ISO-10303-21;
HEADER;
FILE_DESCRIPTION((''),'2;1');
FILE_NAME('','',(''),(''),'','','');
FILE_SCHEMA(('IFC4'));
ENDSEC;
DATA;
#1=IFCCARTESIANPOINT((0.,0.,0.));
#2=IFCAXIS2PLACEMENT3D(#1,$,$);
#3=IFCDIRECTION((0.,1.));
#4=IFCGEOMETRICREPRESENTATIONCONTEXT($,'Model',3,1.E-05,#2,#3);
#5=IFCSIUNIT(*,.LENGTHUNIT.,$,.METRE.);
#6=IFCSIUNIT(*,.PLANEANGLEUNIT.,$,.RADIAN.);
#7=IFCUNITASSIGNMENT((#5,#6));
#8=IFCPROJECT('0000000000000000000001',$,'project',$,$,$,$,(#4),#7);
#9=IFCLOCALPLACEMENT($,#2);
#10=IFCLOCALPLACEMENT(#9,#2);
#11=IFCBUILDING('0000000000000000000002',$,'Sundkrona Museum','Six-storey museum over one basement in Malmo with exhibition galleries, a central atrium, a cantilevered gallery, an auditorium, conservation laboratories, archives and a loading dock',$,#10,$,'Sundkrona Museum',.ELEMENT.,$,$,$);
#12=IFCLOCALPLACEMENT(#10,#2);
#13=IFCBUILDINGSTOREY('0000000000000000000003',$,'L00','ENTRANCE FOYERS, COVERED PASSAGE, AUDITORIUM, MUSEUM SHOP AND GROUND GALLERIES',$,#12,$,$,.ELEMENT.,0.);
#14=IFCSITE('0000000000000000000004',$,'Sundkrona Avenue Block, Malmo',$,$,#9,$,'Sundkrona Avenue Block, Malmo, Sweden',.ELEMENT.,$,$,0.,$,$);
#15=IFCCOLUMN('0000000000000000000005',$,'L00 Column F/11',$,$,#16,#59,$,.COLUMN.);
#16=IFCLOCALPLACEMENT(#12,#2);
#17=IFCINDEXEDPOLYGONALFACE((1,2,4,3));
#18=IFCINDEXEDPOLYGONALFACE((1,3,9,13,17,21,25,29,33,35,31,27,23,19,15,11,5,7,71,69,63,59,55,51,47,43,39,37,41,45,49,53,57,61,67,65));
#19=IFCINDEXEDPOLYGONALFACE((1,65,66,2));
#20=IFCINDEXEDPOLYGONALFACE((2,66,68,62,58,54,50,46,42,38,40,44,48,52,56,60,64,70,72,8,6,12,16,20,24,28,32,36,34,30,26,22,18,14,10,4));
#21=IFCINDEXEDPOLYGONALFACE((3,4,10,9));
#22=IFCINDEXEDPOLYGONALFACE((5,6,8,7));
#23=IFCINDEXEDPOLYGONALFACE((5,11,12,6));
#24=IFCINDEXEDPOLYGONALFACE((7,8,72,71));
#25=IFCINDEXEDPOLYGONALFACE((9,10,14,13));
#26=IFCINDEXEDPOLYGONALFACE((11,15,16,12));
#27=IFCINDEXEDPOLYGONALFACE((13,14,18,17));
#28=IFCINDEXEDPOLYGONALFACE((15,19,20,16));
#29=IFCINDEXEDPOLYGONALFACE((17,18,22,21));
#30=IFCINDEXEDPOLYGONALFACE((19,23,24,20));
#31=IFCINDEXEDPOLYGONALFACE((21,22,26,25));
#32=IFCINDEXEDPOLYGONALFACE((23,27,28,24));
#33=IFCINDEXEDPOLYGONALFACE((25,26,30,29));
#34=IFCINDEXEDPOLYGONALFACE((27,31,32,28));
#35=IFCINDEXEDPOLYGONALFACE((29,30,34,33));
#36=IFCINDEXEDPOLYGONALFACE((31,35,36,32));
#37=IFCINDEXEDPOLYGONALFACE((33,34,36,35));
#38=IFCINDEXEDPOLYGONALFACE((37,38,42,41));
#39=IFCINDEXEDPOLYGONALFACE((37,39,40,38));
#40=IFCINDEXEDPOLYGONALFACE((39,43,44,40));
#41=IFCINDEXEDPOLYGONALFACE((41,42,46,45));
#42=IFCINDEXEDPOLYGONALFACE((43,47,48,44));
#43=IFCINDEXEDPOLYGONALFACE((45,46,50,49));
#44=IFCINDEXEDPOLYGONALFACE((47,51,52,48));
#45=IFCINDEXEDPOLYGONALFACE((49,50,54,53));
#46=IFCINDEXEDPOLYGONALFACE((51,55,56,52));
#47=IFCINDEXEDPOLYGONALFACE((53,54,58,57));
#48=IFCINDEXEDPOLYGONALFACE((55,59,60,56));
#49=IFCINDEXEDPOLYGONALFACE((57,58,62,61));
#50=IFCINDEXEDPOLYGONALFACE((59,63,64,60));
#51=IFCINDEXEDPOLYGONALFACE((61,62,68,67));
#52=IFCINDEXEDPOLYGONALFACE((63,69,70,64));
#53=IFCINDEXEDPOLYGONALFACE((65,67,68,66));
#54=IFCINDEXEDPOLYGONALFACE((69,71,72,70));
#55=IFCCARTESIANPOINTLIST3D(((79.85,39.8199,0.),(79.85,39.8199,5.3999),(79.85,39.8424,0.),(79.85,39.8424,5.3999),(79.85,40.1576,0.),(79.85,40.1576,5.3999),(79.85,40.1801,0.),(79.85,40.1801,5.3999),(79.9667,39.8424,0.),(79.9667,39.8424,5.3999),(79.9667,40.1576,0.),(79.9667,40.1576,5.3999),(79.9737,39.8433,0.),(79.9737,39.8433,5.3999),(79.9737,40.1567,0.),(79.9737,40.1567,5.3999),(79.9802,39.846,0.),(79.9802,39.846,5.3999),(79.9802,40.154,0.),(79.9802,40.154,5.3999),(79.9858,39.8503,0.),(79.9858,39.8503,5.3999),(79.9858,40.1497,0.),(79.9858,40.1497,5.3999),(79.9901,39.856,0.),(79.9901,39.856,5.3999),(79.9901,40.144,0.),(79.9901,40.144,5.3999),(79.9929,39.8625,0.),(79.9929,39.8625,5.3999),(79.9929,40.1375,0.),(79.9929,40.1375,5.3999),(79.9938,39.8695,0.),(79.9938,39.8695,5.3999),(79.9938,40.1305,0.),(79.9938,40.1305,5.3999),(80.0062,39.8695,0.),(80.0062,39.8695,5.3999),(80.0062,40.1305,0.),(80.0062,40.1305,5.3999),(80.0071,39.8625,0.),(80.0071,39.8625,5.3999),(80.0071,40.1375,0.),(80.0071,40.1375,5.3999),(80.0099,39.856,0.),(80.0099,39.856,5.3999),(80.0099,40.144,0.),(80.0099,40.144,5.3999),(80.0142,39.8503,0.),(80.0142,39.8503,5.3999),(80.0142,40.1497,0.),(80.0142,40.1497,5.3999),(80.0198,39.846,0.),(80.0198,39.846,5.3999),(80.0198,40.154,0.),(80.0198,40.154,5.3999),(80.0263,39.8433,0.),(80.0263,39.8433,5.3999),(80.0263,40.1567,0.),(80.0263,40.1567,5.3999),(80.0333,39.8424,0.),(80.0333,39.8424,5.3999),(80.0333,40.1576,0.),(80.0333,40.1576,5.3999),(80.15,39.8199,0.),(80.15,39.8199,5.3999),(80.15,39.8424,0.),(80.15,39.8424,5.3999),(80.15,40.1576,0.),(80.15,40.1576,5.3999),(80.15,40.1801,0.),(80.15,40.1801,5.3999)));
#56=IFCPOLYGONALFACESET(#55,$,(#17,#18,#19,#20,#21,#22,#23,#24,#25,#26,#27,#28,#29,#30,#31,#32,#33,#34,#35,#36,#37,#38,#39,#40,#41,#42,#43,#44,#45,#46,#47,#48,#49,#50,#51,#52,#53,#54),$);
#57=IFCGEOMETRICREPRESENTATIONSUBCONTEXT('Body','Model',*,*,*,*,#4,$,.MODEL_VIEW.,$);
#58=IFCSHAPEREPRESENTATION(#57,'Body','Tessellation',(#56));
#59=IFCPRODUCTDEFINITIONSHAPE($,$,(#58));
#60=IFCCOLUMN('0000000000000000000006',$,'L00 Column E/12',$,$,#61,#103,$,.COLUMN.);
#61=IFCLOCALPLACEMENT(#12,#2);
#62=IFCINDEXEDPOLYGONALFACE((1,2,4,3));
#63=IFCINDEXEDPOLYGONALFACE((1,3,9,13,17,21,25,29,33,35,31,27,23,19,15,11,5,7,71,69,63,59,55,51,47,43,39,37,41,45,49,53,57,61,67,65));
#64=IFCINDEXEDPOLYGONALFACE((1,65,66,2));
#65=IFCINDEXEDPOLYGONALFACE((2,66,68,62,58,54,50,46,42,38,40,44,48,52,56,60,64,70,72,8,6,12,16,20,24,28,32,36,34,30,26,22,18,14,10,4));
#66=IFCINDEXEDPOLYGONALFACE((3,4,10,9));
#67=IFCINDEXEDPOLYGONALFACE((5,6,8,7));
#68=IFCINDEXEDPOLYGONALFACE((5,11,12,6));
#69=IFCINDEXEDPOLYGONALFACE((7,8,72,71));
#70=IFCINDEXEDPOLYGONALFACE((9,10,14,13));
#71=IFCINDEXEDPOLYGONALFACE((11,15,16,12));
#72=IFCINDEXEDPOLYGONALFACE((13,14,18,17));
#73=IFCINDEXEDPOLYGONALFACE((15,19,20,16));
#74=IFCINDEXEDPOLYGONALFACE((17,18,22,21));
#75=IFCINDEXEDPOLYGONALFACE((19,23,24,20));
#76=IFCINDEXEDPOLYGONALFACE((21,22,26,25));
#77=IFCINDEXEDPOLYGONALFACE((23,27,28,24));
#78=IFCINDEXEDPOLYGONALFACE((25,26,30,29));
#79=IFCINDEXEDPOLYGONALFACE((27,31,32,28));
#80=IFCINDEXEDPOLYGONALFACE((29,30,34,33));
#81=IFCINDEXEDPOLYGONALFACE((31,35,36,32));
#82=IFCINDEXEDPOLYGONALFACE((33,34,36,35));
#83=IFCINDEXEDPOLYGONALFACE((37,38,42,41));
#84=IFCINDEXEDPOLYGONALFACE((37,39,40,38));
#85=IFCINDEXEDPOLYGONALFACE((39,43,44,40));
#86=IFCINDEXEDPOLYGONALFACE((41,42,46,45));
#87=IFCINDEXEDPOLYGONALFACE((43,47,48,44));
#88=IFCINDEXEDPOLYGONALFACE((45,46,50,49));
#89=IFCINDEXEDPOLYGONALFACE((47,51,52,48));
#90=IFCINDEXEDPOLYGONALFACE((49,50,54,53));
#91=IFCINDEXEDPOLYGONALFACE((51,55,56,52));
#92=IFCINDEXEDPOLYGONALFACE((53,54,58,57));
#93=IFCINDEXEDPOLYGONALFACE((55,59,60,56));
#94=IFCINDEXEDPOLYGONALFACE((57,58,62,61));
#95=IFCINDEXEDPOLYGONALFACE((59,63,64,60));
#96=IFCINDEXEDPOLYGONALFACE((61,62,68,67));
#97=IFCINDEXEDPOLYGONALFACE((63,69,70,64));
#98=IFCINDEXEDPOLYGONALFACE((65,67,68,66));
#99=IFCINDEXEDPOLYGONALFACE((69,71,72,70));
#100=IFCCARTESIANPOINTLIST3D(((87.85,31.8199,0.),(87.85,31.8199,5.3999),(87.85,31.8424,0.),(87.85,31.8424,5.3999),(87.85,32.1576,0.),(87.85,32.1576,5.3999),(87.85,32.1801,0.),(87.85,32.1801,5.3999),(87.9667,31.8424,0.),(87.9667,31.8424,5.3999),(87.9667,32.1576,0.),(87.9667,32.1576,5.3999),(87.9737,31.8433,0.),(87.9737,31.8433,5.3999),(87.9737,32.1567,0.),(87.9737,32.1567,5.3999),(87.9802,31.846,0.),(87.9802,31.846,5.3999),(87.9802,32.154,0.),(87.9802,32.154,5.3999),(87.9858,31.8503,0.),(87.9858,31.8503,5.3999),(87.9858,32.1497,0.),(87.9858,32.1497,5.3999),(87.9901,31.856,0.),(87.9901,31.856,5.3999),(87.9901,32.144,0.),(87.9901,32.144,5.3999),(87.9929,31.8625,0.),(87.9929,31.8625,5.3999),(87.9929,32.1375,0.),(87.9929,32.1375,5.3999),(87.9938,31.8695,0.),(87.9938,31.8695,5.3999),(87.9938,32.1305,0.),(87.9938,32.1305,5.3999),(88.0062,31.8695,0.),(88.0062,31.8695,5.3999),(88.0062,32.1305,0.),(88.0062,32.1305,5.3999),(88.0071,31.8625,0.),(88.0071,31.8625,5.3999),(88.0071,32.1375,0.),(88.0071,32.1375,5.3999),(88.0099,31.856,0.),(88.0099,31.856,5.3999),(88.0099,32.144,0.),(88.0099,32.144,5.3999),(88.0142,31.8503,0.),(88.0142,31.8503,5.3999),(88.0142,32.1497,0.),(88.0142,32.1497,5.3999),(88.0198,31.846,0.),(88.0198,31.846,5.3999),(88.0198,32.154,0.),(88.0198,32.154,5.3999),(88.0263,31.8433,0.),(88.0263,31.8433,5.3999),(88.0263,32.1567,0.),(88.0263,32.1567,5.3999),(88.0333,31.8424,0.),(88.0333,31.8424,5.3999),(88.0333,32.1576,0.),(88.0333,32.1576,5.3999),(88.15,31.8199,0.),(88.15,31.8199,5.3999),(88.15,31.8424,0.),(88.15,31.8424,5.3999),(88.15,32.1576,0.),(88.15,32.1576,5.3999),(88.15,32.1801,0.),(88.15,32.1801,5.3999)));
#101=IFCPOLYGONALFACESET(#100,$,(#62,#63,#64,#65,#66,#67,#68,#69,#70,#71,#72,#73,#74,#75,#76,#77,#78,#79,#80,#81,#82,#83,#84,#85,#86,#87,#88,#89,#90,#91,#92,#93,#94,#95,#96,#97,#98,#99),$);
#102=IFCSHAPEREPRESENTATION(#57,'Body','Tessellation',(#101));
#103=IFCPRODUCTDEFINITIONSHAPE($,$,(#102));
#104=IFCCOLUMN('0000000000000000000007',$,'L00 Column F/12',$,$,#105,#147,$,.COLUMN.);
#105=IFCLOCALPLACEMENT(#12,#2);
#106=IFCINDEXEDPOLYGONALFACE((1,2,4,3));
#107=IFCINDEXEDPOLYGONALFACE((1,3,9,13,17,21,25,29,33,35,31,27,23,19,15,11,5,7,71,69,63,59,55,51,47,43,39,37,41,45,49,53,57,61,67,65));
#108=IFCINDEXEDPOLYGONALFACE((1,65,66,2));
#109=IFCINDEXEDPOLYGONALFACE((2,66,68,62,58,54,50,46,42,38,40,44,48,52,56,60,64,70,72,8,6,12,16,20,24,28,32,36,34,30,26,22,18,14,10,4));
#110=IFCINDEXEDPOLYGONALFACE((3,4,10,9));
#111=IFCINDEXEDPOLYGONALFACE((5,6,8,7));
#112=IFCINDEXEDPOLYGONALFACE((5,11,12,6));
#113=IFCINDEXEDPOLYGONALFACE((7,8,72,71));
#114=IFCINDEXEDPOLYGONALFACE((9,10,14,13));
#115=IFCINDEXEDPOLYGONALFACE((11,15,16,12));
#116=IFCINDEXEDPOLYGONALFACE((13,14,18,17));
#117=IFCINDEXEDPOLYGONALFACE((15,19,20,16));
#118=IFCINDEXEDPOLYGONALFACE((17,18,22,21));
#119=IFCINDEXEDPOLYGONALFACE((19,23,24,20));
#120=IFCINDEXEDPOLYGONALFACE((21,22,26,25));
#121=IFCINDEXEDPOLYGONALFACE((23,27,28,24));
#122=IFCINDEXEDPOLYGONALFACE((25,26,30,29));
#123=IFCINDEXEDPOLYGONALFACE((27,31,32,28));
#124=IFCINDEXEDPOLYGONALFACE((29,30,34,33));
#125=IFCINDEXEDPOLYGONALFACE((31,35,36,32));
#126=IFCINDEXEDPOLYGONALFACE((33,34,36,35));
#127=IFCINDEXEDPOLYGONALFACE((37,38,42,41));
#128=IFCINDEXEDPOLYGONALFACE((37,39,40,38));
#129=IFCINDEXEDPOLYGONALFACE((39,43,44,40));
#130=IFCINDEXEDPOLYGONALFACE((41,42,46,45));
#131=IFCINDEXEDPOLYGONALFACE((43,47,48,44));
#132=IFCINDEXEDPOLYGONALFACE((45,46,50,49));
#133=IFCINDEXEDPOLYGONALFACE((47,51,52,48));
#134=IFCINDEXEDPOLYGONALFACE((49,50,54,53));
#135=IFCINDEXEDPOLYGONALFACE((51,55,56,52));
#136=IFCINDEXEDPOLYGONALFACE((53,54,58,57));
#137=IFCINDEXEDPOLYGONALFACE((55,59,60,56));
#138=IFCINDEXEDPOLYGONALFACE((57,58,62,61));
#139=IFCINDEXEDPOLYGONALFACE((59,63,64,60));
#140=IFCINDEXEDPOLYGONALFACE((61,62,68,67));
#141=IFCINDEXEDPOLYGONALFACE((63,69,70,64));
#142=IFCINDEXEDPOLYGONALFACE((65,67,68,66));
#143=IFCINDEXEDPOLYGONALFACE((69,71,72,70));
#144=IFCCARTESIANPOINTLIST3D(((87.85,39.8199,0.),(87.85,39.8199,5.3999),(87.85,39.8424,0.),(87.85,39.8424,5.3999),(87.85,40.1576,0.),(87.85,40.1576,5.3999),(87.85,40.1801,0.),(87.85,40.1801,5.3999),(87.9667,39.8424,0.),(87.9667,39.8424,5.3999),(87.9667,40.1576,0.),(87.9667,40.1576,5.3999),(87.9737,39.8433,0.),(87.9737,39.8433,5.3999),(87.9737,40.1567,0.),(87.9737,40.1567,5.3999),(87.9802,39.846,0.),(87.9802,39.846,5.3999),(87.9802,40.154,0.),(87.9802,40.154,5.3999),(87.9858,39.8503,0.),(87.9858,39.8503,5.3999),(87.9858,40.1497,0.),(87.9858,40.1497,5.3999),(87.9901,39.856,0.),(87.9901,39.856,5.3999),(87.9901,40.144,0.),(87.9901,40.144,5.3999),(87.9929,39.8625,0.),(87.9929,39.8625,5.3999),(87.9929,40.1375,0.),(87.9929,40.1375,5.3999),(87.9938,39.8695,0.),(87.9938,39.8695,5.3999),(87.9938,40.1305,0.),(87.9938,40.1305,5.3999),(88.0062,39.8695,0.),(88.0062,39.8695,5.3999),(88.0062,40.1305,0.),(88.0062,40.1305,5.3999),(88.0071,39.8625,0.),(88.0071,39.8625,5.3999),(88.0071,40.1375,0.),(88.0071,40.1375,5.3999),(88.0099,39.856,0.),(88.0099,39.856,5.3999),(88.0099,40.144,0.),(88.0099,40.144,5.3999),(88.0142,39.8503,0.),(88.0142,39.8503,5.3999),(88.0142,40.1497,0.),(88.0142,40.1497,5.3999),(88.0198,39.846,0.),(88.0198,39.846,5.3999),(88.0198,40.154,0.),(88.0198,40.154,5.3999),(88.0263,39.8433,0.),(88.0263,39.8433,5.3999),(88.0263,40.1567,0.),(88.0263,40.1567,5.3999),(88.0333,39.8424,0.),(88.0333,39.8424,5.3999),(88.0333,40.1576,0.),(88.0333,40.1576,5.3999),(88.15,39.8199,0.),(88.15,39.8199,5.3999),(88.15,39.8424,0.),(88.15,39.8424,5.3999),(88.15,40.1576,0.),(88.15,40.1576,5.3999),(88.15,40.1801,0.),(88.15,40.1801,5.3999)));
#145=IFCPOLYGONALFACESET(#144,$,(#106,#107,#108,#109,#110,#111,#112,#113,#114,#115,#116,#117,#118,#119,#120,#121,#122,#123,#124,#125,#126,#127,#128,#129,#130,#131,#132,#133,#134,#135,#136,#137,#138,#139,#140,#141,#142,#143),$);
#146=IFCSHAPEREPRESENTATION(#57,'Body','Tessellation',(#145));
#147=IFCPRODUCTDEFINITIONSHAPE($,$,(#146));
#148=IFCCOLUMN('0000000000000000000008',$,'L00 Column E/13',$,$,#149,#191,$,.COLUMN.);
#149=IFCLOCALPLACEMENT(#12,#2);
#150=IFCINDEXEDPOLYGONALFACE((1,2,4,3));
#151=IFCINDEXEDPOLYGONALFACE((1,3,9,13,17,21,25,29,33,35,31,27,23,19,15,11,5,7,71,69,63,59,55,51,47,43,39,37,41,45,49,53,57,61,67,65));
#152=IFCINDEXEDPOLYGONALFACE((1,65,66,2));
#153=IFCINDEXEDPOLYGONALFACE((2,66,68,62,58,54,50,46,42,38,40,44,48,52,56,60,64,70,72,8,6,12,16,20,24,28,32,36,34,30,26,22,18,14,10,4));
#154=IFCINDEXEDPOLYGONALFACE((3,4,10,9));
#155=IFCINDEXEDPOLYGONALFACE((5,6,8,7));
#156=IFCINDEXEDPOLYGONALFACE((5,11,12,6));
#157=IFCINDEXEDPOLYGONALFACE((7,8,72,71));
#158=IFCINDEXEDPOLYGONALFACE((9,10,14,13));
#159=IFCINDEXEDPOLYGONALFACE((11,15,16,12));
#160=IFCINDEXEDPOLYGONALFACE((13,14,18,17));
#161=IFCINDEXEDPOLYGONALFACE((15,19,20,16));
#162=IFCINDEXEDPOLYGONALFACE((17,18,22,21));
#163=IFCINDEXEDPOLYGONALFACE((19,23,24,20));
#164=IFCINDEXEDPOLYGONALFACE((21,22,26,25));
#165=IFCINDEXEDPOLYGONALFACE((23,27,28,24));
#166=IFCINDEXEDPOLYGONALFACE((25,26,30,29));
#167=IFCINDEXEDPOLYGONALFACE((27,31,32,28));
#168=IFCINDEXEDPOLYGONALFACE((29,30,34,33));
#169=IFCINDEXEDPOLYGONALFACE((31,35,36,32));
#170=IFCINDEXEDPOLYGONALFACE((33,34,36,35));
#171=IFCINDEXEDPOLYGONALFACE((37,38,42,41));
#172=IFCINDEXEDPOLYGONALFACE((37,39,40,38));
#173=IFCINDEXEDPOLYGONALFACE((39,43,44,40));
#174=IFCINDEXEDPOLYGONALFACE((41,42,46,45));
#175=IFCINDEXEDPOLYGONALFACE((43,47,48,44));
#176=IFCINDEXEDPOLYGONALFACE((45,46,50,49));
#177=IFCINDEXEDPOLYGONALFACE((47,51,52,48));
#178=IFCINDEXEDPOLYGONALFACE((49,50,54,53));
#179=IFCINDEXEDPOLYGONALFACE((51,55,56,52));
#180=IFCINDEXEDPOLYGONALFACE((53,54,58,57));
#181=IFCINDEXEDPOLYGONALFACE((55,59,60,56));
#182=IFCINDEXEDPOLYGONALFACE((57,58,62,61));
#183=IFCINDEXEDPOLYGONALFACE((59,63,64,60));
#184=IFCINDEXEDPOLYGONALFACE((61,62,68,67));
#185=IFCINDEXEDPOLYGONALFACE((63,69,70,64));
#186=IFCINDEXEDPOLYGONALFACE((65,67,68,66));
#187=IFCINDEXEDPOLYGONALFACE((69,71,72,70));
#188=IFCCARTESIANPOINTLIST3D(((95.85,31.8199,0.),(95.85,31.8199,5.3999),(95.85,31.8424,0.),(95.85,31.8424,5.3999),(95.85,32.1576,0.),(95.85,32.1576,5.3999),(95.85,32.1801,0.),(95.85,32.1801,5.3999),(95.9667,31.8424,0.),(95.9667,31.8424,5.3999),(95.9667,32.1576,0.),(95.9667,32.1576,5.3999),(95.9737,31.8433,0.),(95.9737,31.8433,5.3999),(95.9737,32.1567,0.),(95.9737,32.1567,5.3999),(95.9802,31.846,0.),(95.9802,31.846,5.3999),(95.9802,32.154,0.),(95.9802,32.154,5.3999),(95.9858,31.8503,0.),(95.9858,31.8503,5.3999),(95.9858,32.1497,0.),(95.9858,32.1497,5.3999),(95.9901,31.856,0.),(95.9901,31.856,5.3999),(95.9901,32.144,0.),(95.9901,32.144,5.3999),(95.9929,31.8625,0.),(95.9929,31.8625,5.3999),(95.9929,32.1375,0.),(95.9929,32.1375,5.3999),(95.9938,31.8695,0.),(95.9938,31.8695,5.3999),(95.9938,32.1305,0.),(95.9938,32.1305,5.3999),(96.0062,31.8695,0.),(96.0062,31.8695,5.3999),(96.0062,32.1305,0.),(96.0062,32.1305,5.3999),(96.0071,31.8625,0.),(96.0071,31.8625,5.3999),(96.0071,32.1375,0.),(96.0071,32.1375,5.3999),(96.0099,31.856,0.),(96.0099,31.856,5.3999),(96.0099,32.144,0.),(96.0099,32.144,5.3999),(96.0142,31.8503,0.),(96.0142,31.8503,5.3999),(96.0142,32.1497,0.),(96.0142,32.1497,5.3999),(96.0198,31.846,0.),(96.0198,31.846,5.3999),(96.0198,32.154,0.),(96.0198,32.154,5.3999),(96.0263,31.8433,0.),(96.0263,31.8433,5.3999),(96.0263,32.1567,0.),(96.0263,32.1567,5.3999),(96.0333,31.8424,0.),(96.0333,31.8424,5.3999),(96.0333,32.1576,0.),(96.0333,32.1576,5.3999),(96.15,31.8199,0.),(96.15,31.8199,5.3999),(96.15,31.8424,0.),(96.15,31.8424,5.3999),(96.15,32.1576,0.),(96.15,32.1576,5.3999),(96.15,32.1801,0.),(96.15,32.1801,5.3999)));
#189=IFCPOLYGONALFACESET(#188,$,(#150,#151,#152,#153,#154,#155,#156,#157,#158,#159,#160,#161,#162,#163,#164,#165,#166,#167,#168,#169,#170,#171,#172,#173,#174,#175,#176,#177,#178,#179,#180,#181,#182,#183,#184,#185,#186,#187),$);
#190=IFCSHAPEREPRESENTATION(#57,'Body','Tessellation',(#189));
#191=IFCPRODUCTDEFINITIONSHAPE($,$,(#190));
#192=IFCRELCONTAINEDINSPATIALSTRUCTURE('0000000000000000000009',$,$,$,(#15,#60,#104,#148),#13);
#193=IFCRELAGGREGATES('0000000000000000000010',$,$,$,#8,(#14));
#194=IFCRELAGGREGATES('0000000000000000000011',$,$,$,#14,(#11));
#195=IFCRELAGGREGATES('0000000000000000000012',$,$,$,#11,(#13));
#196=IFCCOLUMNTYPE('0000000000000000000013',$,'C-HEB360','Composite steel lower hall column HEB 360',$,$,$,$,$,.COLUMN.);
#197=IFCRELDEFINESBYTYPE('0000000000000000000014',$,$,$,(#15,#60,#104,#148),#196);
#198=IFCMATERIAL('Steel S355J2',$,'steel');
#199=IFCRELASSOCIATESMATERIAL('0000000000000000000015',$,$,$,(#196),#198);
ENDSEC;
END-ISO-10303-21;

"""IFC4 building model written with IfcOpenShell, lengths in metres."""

from ifc_helpers import new_model, si_unit, direction, frame, origin, origin_2d, place, context, subcontext, project, spatial, i_section, extrude, material, material_profile, profile_set, type_object, element, save


model = new_model("IFC4")

# Units and contexts
model_context = context("Model", 3, precision=1e-05, world=origin(), true_north=direction((0.0, 1.0)))
body_context = subcontext(model_context, "Body", "Model", "MODEL_VIEW")
ifc_project = project(units=[si_unit("LENGTHUNIT", "METRE"), si_unit("PLANEANGLEUNIT", "RADIAN")], contexts=[model_context])

# Site, building, storey
site_placement = place(None, origin())
site = spatial("IfcSite", under=ifc_project, at=site_placement, Name="Sundkrona Avenue Block, Malmo", LongName="Sundkrona Avenue Block, Malmo, Sweden", CompositionType="ELEMENT", RefElevation=0.0)
building_placement = place(site_placement, origin())
building = spatial("IfcBuilding", under=site, at=building_placement, Name="Sundkrona Museum", Description="Six-storey museum over one basement in Malmo with exhibition galleries, a central atrium, a cantilevered gallery, an auditorium, conservation laboratories, archives and a loading dock", LongName="Sundkrona Museum", CompositionType="ELEMENT")
storey_placement = place(building_placement, origin())
storey = spatial("IfcBuildingStorey", under=building, at=storey_placement, Name="L00", Description="ENTRANCE FOYERS, COVERED PASSAGE, AUDITORIUM, MUSEUM SHOP AND GROUND GALLERIES", CompositionType="ELEMENT", Elevation=0.0)

# Columns
ifc_material_1 = material(Name="Steel S355J2", Category="steel")
ifc_material_profile_1 = material_profile(ifc_material_1, i_section(OverallWidth=0.3, OverallDepth=0.3601, WebThickness=0.0125, FlangeThickness=0.0225, FilletRadius=0.0271, at=origin_2d()), Name="HEB 360")
ifc_profile_set_1 = profile_set([ifc_material_profile_1], Name="Steel S355J2")
column_type_1 = type_object("IfcColumnType", Name="C-HEB360", Description="Composite steel lower hall column HEB 360", PredefinedType="COLUMN", material=ifc_profile_set_1)
for number, where, z_axis, x_axis, name in (
    (1, (80.0, 40.0, 0.0), (0.0, 0.0, 1.0), (1.0, 0.0, 0.0), "L00 Column F/11"),
    (2, (88.0, 32.0, 0.0), (0.0, 0.0, 1.0), (1.0, 0.0, 0.0), "L00 Column E/12"),
    (3, (88.0, 40.0, 0.0), (0.0, 0.0, 1.0), (1.0, 0.0, 0.0), "L00 Column F/12"),
    (4, (96.0, 32.0, 0.0), (0.0, 0.0, 1.0), (1.0, 0.0, 0.0), "L00 Column E/13"),
):
    element("IfcColumn", number, at=place(storey_placement, frame(where, z_axis=z_axis, x_axis=x_axis)), inside=storey, type_object=column_type_1, Name=name, PredefinedType="COLUMN", context=body_context, shape_type="SweptSolid", body=[
        extrude(i_section(OverallWidth=0.3, OverallDepth=0.3601, WebThickness=0.0125, FlangeThickness=0.0225, FilletRadius=0.0271, at=origin_2d()), origin(), (0.0, 0.0, 1.0), 5.3999),
    ])

save(model, "model.ifc")
